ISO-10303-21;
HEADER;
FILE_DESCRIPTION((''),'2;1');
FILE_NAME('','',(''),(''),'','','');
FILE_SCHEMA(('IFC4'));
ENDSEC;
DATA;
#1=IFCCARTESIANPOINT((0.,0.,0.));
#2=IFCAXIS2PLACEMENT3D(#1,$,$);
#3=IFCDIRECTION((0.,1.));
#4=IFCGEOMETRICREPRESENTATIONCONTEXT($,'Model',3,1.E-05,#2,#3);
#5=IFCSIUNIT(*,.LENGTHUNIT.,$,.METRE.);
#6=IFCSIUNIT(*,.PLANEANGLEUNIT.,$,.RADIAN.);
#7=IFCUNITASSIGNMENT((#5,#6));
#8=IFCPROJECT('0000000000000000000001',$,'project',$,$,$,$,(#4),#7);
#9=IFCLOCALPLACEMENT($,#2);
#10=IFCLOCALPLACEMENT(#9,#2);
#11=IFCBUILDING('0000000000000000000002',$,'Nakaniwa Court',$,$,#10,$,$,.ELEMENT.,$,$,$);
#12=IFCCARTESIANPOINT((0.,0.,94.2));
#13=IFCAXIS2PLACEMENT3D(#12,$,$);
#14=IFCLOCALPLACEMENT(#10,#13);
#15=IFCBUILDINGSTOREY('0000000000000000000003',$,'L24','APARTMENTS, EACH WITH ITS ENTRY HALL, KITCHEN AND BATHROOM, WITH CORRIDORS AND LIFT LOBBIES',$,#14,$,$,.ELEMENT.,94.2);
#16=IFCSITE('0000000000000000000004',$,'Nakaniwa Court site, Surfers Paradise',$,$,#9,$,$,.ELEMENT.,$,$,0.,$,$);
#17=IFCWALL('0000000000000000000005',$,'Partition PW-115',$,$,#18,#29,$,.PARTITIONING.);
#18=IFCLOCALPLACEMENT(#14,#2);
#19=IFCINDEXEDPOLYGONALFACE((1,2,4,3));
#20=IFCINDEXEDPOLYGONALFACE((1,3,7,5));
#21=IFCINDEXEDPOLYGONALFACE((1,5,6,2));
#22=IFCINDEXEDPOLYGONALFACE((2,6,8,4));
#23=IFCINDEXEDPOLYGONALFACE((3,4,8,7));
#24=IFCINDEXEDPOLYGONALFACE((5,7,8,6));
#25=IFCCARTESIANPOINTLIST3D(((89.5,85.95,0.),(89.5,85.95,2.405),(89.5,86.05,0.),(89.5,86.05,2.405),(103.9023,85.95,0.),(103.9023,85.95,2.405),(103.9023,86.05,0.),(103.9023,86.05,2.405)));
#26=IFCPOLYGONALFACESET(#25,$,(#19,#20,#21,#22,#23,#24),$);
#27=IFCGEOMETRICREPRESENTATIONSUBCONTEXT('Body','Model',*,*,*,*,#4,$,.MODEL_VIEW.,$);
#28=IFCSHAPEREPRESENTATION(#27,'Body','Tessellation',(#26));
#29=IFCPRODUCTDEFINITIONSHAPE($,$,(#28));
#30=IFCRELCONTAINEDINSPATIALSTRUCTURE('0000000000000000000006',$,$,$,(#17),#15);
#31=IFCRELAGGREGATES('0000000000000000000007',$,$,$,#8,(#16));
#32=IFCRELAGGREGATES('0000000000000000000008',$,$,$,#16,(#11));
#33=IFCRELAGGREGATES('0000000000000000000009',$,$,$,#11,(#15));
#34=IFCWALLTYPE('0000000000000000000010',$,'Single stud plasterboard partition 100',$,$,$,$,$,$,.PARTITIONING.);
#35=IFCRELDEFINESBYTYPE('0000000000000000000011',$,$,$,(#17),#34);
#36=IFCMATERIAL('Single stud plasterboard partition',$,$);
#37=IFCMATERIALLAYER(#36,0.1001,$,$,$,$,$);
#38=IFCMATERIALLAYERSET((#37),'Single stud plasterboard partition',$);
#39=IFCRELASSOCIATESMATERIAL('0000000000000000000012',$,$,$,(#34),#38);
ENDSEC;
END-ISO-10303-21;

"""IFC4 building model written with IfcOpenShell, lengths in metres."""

from ifc_helpers import new_model, si_unit, direction, frame, frame_2d, origin, place, context, subcontext, project, spatial, rectangle, extrude, material, layer, layer_set, type_object, element, save


model = new_model("IFC4")

# Units and contexts
model_context = context("Model", 3, precision=1e-05, world=origin(), true_north=direction((0.0, 1.0)))
body_context = subcontext(model_context, "Body", "Model", "MODEL_VIEW")
ifc_project = project(units=[si_unit("LENGTHUNIT", "METRE"), si_unit("PLANEANGLEUNIT", "RADIAN")], contexts=[model_context])

# Site, building, storey
site_placement = place(None, origin())
site = spatial("IfcSite", under=ifc_project, at=site_placement, Name="Nakaniwa Court site, Surfers Paradise", CompositionType="ELEMENT", RefElevation=0.0)
building_placement = place(site_placement, origin())
building = spatial("IfcBuilding", under=site, at=building_placement, Name="Nakaniwa Court", CompositionType="ELEMENT")
storey_placement = place(building_placement, frame((0.0, 0.0, 94.2)))
storey = spatial("IfcBuildingStorey", under=building, at=storey_placement, Name="L24", Description="APARTMENTS, EACH WITH ITS ENTRY HALL, KITCHEN AND BATHROOM, WITH CORRIDORS AND LIFT LOBBIES", CompositionType="ELEMENT", Elevation=94.2)

# Wall
ifc_material_1 = material(Name="Single stud plasterboard partition")
ifc_layer_1 = layer(ifc_material_1, 0.1001)
ifc_layer_set_1 = layer_set([ifc_layer_1], Name="Single stud plasterboard partition")
wall_type_1 = type_object("IfcWallType", Name="Single stud plasterboard partition 100", PredefinedType="PARTITIONING", material=ifc_layer_set_1)
wall_1_placement = place(storey_placement, frame((89.5, 86.0, 0.0), z_axis=(0.0, 0.0, 1.0), x_axis=(1.0, 0.0, 0.0)))
element("IfcWall", 1, at=wall_1_placement, inside=storey, type_object=wall_type_1, Name="Partition PW-115", PredefinedType="PARTITIONING", context=body_context, shape_type="SweptSolid", body=[
    extrude(rectangle(XDim=14.4023, YDim=0.1001, at=frame_2d((7.2012, 0.0))), origin(), (0.0, 0.0, 1.0), 2.405),
])

save(model, "model.ifc")
